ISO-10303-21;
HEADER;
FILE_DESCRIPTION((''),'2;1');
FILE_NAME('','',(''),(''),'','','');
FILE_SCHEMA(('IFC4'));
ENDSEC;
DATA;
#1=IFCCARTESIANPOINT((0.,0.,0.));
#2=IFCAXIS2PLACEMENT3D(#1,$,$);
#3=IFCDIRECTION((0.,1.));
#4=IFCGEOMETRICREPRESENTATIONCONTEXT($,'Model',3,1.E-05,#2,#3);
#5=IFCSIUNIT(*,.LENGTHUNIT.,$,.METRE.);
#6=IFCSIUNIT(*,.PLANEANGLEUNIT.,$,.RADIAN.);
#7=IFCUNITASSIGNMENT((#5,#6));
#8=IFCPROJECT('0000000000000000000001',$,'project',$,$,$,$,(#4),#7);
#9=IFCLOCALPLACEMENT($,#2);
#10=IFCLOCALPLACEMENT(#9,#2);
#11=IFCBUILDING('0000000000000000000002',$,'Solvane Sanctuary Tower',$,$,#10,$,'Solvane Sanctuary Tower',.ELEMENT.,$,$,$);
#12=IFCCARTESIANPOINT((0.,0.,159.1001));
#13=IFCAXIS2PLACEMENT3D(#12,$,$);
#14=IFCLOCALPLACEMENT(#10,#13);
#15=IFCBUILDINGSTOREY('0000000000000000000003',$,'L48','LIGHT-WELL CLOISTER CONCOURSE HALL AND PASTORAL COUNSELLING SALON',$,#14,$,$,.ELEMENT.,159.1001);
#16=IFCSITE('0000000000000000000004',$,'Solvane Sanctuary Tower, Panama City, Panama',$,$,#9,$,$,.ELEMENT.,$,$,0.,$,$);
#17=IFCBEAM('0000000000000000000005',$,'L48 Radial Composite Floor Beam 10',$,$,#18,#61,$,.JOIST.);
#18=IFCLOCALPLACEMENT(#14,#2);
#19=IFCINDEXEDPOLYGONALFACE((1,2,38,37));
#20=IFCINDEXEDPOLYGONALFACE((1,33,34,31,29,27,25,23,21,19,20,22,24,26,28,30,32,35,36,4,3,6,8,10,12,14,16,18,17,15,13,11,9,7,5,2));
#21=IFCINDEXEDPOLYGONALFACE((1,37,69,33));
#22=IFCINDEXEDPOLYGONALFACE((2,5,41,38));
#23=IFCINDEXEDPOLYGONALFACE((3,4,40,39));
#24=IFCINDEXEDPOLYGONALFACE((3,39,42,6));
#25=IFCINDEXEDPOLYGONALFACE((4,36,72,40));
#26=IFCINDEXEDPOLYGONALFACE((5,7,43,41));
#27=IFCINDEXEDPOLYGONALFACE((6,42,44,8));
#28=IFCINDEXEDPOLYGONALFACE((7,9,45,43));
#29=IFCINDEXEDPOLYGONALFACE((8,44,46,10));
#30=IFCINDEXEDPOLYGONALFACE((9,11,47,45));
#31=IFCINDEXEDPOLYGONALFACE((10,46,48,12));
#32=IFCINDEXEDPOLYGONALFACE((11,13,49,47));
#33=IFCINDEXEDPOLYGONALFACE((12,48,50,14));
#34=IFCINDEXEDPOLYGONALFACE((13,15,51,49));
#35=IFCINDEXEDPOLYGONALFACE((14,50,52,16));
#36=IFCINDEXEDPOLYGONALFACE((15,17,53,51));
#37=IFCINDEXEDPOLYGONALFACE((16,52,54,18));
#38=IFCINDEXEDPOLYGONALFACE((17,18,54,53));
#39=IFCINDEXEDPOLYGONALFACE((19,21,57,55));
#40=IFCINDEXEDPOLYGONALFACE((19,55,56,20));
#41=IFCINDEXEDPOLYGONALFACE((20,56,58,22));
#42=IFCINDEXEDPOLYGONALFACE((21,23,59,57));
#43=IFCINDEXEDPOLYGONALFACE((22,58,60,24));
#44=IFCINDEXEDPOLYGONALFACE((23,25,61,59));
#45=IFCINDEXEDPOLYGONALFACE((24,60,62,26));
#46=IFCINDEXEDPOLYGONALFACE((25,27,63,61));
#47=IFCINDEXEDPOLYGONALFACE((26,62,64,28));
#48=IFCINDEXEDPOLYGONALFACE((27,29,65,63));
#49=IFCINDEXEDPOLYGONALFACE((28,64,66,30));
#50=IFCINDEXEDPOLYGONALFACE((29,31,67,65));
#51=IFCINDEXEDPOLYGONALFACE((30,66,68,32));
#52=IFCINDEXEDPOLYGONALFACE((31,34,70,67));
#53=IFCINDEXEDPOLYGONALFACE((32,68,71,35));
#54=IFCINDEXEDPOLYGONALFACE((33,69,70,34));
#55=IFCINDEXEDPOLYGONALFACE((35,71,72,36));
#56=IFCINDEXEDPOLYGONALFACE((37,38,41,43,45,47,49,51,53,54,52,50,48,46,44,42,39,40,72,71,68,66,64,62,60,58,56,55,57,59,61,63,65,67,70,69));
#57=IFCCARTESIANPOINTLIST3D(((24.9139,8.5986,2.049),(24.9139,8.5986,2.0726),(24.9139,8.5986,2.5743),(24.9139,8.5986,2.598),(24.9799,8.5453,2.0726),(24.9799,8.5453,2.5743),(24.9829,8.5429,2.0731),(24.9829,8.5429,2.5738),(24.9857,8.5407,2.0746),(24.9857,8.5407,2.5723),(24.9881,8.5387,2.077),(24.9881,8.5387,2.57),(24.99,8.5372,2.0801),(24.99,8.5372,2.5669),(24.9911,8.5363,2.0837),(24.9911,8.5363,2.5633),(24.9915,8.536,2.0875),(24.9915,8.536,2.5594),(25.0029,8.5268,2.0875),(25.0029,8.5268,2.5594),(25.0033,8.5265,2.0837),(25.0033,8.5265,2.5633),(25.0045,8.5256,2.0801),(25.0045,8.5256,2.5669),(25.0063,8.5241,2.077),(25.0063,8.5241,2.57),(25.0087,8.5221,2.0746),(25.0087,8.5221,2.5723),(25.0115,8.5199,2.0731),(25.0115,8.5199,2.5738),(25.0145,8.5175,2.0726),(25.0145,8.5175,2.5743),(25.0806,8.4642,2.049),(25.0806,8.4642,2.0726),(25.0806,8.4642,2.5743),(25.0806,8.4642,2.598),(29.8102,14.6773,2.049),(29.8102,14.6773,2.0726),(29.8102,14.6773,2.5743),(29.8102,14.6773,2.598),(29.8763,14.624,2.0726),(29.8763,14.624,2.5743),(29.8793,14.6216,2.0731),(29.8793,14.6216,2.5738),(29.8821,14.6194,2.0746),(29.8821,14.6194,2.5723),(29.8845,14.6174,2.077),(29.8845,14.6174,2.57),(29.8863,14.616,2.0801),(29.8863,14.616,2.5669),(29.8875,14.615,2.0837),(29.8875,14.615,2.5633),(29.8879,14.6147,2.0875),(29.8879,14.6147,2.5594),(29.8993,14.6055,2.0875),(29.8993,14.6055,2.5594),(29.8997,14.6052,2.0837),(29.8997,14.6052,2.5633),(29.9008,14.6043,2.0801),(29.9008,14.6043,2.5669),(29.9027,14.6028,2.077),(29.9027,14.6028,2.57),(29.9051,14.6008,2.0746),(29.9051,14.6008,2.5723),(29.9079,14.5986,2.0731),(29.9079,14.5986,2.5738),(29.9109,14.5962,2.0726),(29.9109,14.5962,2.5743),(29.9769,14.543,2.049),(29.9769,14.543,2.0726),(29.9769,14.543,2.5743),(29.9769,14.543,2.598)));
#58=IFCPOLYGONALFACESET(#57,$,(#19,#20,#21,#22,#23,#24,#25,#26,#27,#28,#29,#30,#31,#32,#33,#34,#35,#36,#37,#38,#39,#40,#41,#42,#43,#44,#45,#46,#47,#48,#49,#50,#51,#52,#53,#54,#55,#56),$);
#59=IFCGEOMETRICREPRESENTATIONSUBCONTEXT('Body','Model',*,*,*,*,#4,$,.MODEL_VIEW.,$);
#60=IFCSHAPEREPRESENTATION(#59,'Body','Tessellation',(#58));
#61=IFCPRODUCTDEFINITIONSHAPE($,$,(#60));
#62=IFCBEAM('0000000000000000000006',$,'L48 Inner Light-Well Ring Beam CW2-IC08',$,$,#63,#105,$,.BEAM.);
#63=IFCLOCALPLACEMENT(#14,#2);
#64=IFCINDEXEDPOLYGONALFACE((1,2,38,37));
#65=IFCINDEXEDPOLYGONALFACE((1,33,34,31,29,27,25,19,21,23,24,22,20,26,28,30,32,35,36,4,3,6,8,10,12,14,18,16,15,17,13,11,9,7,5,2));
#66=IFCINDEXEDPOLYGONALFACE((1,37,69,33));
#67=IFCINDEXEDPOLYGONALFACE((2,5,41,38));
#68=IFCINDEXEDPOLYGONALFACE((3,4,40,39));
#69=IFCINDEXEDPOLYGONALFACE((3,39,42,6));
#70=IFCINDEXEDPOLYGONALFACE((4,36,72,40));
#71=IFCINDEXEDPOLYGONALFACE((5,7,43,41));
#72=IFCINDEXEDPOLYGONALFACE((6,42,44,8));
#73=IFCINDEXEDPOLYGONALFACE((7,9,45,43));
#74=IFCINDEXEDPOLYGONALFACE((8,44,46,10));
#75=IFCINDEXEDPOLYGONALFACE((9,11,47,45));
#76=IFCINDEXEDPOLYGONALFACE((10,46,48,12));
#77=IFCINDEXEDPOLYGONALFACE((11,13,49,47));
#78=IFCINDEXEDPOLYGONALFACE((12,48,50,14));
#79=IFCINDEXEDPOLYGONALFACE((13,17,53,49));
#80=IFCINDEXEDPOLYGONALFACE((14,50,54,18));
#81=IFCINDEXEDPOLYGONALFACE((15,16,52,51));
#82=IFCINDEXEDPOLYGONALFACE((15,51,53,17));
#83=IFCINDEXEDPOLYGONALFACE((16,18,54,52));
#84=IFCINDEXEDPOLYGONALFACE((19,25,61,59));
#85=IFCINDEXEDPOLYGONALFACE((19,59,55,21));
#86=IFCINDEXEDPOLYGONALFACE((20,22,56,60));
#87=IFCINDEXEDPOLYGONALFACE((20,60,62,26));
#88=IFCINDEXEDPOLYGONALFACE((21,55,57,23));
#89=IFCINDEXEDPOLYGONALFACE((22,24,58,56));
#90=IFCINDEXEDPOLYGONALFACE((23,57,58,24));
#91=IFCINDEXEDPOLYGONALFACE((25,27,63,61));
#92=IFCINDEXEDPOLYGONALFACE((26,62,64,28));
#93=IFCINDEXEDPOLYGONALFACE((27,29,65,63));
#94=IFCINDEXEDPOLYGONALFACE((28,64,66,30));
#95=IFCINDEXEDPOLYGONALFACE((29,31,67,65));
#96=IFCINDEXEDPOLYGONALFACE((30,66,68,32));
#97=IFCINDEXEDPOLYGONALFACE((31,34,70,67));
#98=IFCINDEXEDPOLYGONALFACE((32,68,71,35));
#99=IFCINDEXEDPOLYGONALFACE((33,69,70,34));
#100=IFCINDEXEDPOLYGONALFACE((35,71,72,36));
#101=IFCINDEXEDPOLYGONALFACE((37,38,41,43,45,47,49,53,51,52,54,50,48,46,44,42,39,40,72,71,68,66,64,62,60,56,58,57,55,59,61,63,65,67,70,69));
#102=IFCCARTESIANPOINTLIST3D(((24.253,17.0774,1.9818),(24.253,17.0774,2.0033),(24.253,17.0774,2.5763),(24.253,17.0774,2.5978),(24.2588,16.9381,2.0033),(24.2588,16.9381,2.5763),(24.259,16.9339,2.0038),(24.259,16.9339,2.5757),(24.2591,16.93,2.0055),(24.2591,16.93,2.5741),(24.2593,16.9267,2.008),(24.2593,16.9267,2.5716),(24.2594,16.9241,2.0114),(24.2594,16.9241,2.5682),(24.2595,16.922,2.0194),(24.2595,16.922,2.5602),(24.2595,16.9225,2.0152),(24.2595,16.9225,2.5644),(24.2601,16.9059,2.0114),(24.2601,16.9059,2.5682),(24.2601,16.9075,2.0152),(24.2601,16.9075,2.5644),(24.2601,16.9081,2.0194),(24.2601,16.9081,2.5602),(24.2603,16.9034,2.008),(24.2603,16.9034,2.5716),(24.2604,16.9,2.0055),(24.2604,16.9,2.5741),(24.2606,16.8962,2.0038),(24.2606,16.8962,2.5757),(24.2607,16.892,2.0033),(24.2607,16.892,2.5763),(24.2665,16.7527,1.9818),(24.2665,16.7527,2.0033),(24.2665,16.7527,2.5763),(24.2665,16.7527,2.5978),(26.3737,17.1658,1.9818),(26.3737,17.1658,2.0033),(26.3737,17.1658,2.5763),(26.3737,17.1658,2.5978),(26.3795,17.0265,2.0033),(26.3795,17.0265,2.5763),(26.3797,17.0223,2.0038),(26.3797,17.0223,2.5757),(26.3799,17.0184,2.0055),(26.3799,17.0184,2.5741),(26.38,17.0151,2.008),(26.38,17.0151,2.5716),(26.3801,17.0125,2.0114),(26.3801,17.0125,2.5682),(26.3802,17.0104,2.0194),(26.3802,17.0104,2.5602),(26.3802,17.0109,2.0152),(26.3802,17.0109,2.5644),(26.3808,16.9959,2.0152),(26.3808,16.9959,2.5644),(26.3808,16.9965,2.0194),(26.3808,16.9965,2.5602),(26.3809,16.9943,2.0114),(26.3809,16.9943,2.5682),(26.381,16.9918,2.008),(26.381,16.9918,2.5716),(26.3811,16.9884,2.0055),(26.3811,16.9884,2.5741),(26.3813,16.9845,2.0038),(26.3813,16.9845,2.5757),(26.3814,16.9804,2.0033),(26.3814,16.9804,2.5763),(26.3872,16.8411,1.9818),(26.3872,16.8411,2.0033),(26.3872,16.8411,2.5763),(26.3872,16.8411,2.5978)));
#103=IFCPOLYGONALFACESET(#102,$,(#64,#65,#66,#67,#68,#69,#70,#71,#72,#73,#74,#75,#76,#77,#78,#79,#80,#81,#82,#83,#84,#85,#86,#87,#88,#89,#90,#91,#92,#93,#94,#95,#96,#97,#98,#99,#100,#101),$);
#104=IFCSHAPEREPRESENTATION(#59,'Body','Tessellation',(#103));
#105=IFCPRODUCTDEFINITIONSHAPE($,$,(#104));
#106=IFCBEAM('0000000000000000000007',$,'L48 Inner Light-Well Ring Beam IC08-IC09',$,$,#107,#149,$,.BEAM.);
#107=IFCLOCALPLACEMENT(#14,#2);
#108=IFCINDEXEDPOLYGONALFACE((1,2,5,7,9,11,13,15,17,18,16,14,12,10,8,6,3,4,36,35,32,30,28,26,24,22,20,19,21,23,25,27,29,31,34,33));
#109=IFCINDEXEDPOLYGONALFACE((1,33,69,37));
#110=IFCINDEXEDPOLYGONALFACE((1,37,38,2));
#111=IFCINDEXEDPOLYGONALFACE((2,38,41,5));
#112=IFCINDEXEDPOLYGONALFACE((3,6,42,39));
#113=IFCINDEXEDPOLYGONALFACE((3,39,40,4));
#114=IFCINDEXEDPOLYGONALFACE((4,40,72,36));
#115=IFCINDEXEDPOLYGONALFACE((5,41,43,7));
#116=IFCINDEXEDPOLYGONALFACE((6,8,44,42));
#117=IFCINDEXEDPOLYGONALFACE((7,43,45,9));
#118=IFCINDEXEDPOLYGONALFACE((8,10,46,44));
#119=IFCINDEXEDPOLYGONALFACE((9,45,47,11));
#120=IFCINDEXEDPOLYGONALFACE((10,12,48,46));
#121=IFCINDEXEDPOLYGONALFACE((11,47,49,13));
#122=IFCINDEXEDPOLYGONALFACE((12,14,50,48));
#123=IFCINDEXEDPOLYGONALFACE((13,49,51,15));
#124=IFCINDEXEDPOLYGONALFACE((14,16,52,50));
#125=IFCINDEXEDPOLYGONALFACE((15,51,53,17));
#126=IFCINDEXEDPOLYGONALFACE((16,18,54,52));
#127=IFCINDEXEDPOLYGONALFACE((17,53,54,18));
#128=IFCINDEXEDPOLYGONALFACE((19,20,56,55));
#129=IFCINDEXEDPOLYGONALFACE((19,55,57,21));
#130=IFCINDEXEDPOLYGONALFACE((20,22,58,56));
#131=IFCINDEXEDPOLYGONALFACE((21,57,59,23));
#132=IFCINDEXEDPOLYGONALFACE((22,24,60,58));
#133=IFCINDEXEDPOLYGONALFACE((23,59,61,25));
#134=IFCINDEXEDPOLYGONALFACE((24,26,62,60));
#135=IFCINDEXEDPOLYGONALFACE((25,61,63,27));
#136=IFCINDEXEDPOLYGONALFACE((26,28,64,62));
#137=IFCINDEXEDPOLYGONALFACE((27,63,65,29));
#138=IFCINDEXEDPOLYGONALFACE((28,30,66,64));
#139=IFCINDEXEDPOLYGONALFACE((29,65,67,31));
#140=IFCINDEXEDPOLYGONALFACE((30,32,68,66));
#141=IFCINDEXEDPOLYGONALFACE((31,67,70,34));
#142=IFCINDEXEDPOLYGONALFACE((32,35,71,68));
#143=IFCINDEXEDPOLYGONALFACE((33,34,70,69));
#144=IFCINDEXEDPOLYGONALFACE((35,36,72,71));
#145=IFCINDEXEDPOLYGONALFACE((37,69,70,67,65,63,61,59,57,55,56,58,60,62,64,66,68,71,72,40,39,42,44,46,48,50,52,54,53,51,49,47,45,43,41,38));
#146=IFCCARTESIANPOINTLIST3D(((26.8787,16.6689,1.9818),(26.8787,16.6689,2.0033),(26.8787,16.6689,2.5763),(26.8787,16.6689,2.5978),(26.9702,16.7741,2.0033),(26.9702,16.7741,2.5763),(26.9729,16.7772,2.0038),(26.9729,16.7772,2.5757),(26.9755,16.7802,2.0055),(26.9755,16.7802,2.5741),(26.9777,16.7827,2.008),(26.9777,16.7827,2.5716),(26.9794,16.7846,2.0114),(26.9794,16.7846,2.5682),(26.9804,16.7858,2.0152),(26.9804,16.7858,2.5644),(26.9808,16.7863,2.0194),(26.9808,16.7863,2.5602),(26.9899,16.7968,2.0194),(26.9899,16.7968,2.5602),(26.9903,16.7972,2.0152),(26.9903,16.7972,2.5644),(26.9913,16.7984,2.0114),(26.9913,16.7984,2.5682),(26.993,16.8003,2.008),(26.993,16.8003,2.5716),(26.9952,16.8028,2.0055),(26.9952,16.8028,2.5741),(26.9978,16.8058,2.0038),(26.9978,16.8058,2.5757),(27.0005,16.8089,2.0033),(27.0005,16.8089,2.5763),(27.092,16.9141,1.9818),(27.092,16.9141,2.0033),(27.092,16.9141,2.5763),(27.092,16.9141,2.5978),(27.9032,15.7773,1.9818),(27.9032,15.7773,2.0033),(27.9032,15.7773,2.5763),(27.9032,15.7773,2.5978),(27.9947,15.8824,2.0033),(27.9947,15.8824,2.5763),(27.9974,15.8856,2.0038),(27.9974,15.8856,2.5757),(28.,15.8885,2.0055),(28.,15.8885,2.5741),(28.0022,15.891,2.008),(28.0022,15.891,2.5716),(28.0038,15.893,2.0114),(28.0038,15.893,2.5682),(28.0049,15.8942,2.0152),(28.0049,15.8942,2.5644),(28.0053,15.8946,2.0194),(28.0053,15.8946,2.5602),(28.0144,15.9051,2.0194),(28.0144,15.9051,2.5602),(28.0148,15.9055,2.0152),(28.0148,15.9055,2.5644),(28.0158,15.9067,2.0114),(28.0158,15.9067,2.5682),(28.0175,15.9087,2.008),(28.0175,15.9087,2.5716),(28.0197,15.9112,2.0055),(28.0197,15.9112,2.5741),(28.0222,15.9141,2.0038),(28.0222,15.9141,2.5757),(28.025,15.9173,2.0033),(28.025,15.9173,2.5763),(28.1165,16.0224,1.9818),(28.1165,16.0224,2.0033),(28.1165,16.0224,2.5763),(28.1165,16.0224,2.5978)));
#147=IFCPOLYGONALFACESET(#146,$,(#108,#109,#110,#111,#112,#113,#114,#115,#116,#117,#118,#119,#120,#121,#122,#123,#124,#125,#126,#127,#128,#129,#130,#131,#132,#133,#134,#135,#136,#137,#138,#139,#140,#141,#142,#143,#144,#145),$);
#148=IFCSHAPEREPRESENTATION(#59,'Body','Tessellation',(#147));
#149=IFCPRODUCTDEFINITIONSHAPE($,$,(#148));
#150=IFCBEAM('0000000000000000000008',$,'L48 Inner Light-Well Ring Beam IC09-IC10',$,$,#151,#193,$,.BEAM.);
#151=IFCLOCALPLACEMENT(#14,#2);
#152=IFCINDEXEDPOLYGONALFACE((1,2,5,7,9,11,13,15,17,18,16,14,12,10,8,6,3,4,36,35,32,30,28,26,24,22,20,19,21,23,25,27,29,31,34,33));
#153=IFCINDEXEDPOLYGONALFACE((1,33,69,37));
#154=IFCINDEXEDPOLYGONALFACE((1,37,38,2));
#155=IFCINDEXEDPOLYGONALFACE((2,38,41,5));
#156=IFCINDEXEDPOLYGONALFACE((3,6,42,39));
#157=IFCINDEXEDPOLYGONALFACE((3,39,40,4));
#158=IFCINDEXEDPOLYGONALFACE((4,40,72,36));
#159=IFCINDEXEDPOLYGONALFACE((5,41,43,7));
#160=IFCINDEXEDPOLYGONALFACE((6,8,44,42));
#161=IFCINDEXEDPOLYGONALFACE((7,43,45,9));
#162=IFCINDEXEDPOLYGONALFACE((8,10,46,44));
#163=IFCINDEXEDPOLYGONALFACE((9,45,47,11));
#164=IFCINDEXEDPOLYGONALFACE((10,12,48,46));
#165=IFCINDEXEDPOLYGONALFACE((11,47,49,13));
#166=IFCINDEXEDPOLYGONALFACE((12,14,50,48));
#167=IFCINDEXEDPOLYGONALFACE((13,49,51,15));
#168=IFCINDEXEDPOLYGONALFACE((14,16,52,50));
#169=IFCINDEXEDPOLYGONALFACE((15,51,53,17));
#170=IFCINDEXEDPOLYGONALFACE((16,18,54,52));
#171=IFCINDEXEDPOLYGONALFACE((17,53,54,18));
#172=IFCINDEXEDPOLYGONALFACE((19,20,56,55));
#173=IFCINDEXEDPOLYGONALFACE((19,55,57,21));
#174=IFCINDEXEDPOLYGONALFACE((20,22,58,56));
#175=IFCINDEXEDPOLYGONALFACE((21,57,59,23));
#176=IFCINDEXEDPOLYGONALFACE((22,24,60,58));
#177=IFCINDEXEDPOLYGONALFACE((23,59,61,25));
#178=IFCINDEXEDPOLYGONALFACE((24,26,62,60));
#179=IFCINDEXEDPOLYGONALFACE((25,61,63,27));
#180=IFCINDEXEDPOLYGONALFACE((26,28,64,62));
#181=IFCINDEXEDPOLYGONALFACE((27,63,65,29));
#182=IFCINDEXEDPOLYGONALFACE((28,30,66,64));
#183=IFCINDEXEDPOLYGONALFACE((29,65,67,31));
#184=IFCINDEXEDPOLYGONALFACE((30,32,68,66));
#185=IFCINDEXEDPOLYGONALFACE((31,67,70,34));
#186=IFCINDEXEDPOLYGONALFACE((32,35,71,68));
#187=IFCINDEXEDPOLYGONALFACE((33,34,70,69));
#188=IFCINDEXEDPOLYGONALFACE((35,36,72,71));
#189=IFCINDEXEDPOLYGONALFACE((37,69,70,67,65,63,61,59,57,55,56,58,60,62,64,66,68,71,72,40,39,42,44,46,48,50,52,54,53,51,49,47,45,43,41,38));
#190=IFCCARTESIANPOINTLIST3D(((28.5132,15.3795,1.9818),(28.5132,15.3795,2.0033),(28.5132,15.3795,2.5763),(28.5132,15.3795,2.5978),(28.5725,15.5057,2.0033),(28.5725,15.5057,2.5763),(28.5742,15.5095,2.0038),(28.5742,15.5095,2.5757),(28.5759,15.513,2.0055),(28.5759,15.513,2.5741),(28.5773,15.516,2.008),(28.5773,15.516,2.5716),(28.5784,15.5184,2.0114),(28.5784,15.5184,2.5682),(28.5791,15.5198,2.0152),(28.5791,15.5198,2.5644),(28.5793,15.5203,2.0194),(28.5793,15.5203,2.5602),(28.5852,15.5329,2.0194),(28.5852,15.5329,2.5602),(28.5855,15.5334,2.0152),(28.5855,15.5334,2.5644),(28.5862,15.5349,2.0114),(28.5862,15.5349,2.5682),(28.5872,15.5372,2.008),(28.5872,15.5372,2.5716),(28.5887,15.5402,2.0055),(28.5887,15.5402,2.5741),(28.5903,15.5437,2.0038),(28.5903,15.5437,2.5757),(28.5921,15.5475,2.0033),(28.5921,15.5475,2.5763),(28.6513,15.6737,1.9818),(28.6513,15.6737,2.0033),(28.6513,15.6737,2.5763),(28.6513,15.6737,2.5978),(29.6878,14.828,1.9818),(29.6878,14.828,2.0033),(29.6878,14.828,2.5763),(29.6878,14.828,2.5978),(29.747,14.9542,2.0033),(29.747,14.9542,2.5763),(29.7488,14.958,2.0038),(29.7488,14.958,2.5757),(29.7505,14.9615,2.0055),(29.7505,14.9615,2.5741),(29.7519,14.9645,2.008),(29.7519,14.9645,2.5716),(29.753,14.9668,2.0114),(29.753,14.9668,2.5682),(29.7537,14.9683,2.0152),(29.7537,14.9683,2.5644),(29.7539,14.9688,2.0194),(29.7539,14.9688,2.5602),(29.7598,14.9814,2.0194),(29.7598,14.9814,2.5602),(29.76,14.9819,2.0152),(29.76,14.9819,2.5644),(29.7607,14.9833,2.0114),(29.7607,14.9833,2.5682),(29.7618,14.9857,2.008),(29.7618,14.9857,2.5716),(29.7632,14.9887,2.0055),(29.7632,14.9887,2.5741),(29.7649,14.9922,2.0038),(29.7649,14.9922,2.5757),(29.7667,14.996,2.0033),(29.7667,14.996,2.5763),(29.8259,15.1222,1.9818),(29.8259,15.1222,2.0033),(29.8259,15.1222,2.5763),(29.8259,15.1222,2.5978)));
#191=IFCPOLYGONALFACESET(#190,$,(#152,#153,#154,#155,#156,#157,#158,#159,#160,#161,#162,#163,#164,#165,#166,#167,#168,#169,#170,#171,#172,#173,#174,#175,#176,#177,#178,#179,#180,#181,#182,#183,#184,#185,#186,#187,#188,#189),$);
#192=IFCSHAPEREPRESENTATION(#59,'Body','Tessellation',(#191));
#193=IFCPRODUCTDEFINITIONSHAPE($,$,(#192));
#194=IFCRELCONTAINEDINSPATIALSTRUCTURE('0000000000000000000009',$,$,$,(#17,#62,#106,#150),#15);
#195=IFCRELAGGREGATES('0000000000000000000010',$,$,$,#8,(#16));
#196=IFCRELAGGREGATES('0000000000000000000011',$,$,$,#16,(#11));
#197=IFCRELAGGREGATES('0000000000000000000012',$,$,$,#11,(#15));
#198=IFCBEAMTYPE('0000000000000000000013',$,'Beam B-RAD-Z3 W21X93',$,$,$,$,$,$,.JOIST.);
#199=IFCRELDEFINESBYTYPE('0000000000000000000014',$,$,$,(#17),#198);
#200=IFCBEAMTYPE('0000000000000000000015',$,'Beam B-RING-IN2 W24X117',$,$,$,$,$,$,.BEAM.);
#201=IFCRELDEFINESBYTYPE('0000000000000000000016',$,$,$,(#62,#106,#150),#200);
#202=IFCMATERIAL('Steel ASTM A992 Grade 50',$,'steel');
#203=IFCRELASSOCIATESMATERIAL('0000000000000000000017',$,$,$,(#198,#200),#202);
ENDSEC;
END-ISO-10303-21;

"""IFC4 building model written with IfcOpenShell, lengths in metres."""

from ifc_helpers import new_model, si_unit, direction, frame, origin, origin_2d, place, context, subcontext, project, spatial, i_section, extrude, material, material_profile, profile_set, type_object, element, save


model = new_model("IFC4")

# Units and contexts
model_context = context("Model", 3, precision=1e-05, world=origin(), true_north=direction((0.0, 1.0)))
body_context = subcontext(model_context, "Body", "Model", "MODEL_VIEW")
ifc_project = project(units=[si_unit("LENGTHUNIT", "METRE"), si_unit("PLANEANGLEUNIT", "RADIAN")], contexts=[model_context])

# Site, building, storey
site_placement = place(None, origin())
site = spatial("IfcSite", under=ifc_project, at=site_placement, Name="Solvane Sanctuary Tower, Panama City, Panama", CompositionType="ELEMENT", RefElevation=0.0)
building_placement = place(site_placement, origin())
building = spatial("IfcBuilding", under=site, at=building_placement, Name="Solvane Sanctuary Tower", LongName="Solvane Sanctuary Tower", CompositionType="ELEMENT")
storey_placement = place(building_placement, frame((0.0, 0.0, 159.1001)))
storey = spatial("IfcBuildingStorey", under=building, at=storey_placement, Name="L48", Description="LIGHT-WELL CLOISTER CONCOURSE HALL AND PASTORAL COUNSELLING SALON", CompositionType="ELEMENT", Elevation=159.1001)

# Beams
ifc_material_1 = material(Name="Steel ASTM A992 Grade 50", Category="steel")
ifc_material_profile_1 = material_profile(ifc_material_1, i_section(OverallWidth=0.2141, OverallDepth=0.5491, WebThickness=0.0146, FlangeThickness=0.0237, FilletRadius=0.0149, at=origin_2d()), Name="W21X93")
ifc_profile_set_1 = profile_set([ifc_material_profile_1], Name="Steel ASTM A992 Grade 50")
beam_type_1 = type_object("IfcBeamType", Name="Beam B-RAD-Z3 W21X93", PredefinedType="JOIST", material=ifc_profile_set_1)
beam_1_placement = place(storey_placement, frame((29.8936, 14.6101, 2.3235), z_axis=(-0.627297, -0.77878, 0.0), x_axis=(0.77878, -0.627297, 0.0)))
element("IfcBeam", 1, at=beam_1_placement, inside=storey, type_object=beam_type_1, Name="L48 Radial Composite Floor Beam 10", PredefinedType="JOIST", context=body_context, shape_type="SweptSolid", body=[
    extrude(i_section(OverallWidth=0.2141, OverallDepth=0.5491, WebThickness=0.0146, FlangeThickness=0.0237, FilletRadius=0.0149, at=origin_2d()), origin(), (0.0, 0.0, 1.0), 7.8054),
])
ifc_material_profile_2 = material_profile(ifc_material_1, i_section(OverallWidth=0.325, OverallDepth=0.616, WebThickness=0.0139, FlangeThickness=0.0215, FilletRadius=0.0161, at=origin_2d()), Name="W24X117")
ifc_profile_set_2 = profile_set([ifc_material_profile_2], Name="Steel ASTM A992 Grade 50")
beam_type_2 = type_object("IfcBeamType", Name="Beam B-RING-IN2 W24X117", PredefinedType="BEAM", material=ifc_profile_set_2)
beam_2_placement = place(storey_placement, frame((24.2598, 16.915, 2.2898), z_axis=(0.999133, 0.04164, 0.0), x_axis=(-0.04164, 0.999133, 0.0)))
element("IfcBeam", 2, at=beam_2_placement, inside=storey, type_object=beam_type_2, Name="L48 Inner Light-Well Ring Beam CW2-IC08", PredefinedType="BEAM", context=body_context, shape_type="SweptSolid", body=[
    extrude(i_section(OverallWidth=0.325, OverallDepth=0.616, WebThickness=0.0139, FlangeThickness=0.0215, FilletRadius=0.0161, at=origin_2d()), origin(), (0.0, 0.0, 1.0), 2.1226),
])
beam_3_placement = place(storey_placement, frame((26.9854, 16.7915, 2.2898), z_axis=(0.754311, -0.656517, 0.0), x_axis=(0.656517, 0.754311, 0.0)))
element("IfcBeam", 3, at=beam_3_placement, inside=storey, type_object=beam_type_2, Name="L48 Inner Light-Well Ring Beam IC08-IC09", PredefinedType="BEAM", context=body_context, shape_type="SweptSolid", body=[
    extrude(i_section(OverallWidth=0.325, OverallDepth=0.616, WebThickness=0.0139, FlangeThickness=0.0215, FilletRadius=0.0161, at=origin_2d()), origin(), (0.0, 0.0, 1.0), 1.3582),
])
beam_4_placement = place(storey_placement, frame((28.5823, 15.5266, 2.2898), z_axis=(0.905181, -0.425027, 0.0), x_axis=(0.425027, 0.905181, 0.0)))
element("IfcBeam", 4, at=beam_4_placement, inside=storey, type_object=beam_type_2, Name="L48 Inner Light-Well Ring Beam IC09-IC10", PredefinedType="BEAM", context=body_context, shape_type="SweptSolid", body=[
    extrude(i_section(OverallWidth=0.325, OverallDepth=0.616, WebThickness=0.0139, FlangeThickness=0.0215, FilletRadius=0.0161, at=origin_2d()), origin(), (0.0, 0.0, 1.0), 1.2976),
])

save(model, "model.ifc")
